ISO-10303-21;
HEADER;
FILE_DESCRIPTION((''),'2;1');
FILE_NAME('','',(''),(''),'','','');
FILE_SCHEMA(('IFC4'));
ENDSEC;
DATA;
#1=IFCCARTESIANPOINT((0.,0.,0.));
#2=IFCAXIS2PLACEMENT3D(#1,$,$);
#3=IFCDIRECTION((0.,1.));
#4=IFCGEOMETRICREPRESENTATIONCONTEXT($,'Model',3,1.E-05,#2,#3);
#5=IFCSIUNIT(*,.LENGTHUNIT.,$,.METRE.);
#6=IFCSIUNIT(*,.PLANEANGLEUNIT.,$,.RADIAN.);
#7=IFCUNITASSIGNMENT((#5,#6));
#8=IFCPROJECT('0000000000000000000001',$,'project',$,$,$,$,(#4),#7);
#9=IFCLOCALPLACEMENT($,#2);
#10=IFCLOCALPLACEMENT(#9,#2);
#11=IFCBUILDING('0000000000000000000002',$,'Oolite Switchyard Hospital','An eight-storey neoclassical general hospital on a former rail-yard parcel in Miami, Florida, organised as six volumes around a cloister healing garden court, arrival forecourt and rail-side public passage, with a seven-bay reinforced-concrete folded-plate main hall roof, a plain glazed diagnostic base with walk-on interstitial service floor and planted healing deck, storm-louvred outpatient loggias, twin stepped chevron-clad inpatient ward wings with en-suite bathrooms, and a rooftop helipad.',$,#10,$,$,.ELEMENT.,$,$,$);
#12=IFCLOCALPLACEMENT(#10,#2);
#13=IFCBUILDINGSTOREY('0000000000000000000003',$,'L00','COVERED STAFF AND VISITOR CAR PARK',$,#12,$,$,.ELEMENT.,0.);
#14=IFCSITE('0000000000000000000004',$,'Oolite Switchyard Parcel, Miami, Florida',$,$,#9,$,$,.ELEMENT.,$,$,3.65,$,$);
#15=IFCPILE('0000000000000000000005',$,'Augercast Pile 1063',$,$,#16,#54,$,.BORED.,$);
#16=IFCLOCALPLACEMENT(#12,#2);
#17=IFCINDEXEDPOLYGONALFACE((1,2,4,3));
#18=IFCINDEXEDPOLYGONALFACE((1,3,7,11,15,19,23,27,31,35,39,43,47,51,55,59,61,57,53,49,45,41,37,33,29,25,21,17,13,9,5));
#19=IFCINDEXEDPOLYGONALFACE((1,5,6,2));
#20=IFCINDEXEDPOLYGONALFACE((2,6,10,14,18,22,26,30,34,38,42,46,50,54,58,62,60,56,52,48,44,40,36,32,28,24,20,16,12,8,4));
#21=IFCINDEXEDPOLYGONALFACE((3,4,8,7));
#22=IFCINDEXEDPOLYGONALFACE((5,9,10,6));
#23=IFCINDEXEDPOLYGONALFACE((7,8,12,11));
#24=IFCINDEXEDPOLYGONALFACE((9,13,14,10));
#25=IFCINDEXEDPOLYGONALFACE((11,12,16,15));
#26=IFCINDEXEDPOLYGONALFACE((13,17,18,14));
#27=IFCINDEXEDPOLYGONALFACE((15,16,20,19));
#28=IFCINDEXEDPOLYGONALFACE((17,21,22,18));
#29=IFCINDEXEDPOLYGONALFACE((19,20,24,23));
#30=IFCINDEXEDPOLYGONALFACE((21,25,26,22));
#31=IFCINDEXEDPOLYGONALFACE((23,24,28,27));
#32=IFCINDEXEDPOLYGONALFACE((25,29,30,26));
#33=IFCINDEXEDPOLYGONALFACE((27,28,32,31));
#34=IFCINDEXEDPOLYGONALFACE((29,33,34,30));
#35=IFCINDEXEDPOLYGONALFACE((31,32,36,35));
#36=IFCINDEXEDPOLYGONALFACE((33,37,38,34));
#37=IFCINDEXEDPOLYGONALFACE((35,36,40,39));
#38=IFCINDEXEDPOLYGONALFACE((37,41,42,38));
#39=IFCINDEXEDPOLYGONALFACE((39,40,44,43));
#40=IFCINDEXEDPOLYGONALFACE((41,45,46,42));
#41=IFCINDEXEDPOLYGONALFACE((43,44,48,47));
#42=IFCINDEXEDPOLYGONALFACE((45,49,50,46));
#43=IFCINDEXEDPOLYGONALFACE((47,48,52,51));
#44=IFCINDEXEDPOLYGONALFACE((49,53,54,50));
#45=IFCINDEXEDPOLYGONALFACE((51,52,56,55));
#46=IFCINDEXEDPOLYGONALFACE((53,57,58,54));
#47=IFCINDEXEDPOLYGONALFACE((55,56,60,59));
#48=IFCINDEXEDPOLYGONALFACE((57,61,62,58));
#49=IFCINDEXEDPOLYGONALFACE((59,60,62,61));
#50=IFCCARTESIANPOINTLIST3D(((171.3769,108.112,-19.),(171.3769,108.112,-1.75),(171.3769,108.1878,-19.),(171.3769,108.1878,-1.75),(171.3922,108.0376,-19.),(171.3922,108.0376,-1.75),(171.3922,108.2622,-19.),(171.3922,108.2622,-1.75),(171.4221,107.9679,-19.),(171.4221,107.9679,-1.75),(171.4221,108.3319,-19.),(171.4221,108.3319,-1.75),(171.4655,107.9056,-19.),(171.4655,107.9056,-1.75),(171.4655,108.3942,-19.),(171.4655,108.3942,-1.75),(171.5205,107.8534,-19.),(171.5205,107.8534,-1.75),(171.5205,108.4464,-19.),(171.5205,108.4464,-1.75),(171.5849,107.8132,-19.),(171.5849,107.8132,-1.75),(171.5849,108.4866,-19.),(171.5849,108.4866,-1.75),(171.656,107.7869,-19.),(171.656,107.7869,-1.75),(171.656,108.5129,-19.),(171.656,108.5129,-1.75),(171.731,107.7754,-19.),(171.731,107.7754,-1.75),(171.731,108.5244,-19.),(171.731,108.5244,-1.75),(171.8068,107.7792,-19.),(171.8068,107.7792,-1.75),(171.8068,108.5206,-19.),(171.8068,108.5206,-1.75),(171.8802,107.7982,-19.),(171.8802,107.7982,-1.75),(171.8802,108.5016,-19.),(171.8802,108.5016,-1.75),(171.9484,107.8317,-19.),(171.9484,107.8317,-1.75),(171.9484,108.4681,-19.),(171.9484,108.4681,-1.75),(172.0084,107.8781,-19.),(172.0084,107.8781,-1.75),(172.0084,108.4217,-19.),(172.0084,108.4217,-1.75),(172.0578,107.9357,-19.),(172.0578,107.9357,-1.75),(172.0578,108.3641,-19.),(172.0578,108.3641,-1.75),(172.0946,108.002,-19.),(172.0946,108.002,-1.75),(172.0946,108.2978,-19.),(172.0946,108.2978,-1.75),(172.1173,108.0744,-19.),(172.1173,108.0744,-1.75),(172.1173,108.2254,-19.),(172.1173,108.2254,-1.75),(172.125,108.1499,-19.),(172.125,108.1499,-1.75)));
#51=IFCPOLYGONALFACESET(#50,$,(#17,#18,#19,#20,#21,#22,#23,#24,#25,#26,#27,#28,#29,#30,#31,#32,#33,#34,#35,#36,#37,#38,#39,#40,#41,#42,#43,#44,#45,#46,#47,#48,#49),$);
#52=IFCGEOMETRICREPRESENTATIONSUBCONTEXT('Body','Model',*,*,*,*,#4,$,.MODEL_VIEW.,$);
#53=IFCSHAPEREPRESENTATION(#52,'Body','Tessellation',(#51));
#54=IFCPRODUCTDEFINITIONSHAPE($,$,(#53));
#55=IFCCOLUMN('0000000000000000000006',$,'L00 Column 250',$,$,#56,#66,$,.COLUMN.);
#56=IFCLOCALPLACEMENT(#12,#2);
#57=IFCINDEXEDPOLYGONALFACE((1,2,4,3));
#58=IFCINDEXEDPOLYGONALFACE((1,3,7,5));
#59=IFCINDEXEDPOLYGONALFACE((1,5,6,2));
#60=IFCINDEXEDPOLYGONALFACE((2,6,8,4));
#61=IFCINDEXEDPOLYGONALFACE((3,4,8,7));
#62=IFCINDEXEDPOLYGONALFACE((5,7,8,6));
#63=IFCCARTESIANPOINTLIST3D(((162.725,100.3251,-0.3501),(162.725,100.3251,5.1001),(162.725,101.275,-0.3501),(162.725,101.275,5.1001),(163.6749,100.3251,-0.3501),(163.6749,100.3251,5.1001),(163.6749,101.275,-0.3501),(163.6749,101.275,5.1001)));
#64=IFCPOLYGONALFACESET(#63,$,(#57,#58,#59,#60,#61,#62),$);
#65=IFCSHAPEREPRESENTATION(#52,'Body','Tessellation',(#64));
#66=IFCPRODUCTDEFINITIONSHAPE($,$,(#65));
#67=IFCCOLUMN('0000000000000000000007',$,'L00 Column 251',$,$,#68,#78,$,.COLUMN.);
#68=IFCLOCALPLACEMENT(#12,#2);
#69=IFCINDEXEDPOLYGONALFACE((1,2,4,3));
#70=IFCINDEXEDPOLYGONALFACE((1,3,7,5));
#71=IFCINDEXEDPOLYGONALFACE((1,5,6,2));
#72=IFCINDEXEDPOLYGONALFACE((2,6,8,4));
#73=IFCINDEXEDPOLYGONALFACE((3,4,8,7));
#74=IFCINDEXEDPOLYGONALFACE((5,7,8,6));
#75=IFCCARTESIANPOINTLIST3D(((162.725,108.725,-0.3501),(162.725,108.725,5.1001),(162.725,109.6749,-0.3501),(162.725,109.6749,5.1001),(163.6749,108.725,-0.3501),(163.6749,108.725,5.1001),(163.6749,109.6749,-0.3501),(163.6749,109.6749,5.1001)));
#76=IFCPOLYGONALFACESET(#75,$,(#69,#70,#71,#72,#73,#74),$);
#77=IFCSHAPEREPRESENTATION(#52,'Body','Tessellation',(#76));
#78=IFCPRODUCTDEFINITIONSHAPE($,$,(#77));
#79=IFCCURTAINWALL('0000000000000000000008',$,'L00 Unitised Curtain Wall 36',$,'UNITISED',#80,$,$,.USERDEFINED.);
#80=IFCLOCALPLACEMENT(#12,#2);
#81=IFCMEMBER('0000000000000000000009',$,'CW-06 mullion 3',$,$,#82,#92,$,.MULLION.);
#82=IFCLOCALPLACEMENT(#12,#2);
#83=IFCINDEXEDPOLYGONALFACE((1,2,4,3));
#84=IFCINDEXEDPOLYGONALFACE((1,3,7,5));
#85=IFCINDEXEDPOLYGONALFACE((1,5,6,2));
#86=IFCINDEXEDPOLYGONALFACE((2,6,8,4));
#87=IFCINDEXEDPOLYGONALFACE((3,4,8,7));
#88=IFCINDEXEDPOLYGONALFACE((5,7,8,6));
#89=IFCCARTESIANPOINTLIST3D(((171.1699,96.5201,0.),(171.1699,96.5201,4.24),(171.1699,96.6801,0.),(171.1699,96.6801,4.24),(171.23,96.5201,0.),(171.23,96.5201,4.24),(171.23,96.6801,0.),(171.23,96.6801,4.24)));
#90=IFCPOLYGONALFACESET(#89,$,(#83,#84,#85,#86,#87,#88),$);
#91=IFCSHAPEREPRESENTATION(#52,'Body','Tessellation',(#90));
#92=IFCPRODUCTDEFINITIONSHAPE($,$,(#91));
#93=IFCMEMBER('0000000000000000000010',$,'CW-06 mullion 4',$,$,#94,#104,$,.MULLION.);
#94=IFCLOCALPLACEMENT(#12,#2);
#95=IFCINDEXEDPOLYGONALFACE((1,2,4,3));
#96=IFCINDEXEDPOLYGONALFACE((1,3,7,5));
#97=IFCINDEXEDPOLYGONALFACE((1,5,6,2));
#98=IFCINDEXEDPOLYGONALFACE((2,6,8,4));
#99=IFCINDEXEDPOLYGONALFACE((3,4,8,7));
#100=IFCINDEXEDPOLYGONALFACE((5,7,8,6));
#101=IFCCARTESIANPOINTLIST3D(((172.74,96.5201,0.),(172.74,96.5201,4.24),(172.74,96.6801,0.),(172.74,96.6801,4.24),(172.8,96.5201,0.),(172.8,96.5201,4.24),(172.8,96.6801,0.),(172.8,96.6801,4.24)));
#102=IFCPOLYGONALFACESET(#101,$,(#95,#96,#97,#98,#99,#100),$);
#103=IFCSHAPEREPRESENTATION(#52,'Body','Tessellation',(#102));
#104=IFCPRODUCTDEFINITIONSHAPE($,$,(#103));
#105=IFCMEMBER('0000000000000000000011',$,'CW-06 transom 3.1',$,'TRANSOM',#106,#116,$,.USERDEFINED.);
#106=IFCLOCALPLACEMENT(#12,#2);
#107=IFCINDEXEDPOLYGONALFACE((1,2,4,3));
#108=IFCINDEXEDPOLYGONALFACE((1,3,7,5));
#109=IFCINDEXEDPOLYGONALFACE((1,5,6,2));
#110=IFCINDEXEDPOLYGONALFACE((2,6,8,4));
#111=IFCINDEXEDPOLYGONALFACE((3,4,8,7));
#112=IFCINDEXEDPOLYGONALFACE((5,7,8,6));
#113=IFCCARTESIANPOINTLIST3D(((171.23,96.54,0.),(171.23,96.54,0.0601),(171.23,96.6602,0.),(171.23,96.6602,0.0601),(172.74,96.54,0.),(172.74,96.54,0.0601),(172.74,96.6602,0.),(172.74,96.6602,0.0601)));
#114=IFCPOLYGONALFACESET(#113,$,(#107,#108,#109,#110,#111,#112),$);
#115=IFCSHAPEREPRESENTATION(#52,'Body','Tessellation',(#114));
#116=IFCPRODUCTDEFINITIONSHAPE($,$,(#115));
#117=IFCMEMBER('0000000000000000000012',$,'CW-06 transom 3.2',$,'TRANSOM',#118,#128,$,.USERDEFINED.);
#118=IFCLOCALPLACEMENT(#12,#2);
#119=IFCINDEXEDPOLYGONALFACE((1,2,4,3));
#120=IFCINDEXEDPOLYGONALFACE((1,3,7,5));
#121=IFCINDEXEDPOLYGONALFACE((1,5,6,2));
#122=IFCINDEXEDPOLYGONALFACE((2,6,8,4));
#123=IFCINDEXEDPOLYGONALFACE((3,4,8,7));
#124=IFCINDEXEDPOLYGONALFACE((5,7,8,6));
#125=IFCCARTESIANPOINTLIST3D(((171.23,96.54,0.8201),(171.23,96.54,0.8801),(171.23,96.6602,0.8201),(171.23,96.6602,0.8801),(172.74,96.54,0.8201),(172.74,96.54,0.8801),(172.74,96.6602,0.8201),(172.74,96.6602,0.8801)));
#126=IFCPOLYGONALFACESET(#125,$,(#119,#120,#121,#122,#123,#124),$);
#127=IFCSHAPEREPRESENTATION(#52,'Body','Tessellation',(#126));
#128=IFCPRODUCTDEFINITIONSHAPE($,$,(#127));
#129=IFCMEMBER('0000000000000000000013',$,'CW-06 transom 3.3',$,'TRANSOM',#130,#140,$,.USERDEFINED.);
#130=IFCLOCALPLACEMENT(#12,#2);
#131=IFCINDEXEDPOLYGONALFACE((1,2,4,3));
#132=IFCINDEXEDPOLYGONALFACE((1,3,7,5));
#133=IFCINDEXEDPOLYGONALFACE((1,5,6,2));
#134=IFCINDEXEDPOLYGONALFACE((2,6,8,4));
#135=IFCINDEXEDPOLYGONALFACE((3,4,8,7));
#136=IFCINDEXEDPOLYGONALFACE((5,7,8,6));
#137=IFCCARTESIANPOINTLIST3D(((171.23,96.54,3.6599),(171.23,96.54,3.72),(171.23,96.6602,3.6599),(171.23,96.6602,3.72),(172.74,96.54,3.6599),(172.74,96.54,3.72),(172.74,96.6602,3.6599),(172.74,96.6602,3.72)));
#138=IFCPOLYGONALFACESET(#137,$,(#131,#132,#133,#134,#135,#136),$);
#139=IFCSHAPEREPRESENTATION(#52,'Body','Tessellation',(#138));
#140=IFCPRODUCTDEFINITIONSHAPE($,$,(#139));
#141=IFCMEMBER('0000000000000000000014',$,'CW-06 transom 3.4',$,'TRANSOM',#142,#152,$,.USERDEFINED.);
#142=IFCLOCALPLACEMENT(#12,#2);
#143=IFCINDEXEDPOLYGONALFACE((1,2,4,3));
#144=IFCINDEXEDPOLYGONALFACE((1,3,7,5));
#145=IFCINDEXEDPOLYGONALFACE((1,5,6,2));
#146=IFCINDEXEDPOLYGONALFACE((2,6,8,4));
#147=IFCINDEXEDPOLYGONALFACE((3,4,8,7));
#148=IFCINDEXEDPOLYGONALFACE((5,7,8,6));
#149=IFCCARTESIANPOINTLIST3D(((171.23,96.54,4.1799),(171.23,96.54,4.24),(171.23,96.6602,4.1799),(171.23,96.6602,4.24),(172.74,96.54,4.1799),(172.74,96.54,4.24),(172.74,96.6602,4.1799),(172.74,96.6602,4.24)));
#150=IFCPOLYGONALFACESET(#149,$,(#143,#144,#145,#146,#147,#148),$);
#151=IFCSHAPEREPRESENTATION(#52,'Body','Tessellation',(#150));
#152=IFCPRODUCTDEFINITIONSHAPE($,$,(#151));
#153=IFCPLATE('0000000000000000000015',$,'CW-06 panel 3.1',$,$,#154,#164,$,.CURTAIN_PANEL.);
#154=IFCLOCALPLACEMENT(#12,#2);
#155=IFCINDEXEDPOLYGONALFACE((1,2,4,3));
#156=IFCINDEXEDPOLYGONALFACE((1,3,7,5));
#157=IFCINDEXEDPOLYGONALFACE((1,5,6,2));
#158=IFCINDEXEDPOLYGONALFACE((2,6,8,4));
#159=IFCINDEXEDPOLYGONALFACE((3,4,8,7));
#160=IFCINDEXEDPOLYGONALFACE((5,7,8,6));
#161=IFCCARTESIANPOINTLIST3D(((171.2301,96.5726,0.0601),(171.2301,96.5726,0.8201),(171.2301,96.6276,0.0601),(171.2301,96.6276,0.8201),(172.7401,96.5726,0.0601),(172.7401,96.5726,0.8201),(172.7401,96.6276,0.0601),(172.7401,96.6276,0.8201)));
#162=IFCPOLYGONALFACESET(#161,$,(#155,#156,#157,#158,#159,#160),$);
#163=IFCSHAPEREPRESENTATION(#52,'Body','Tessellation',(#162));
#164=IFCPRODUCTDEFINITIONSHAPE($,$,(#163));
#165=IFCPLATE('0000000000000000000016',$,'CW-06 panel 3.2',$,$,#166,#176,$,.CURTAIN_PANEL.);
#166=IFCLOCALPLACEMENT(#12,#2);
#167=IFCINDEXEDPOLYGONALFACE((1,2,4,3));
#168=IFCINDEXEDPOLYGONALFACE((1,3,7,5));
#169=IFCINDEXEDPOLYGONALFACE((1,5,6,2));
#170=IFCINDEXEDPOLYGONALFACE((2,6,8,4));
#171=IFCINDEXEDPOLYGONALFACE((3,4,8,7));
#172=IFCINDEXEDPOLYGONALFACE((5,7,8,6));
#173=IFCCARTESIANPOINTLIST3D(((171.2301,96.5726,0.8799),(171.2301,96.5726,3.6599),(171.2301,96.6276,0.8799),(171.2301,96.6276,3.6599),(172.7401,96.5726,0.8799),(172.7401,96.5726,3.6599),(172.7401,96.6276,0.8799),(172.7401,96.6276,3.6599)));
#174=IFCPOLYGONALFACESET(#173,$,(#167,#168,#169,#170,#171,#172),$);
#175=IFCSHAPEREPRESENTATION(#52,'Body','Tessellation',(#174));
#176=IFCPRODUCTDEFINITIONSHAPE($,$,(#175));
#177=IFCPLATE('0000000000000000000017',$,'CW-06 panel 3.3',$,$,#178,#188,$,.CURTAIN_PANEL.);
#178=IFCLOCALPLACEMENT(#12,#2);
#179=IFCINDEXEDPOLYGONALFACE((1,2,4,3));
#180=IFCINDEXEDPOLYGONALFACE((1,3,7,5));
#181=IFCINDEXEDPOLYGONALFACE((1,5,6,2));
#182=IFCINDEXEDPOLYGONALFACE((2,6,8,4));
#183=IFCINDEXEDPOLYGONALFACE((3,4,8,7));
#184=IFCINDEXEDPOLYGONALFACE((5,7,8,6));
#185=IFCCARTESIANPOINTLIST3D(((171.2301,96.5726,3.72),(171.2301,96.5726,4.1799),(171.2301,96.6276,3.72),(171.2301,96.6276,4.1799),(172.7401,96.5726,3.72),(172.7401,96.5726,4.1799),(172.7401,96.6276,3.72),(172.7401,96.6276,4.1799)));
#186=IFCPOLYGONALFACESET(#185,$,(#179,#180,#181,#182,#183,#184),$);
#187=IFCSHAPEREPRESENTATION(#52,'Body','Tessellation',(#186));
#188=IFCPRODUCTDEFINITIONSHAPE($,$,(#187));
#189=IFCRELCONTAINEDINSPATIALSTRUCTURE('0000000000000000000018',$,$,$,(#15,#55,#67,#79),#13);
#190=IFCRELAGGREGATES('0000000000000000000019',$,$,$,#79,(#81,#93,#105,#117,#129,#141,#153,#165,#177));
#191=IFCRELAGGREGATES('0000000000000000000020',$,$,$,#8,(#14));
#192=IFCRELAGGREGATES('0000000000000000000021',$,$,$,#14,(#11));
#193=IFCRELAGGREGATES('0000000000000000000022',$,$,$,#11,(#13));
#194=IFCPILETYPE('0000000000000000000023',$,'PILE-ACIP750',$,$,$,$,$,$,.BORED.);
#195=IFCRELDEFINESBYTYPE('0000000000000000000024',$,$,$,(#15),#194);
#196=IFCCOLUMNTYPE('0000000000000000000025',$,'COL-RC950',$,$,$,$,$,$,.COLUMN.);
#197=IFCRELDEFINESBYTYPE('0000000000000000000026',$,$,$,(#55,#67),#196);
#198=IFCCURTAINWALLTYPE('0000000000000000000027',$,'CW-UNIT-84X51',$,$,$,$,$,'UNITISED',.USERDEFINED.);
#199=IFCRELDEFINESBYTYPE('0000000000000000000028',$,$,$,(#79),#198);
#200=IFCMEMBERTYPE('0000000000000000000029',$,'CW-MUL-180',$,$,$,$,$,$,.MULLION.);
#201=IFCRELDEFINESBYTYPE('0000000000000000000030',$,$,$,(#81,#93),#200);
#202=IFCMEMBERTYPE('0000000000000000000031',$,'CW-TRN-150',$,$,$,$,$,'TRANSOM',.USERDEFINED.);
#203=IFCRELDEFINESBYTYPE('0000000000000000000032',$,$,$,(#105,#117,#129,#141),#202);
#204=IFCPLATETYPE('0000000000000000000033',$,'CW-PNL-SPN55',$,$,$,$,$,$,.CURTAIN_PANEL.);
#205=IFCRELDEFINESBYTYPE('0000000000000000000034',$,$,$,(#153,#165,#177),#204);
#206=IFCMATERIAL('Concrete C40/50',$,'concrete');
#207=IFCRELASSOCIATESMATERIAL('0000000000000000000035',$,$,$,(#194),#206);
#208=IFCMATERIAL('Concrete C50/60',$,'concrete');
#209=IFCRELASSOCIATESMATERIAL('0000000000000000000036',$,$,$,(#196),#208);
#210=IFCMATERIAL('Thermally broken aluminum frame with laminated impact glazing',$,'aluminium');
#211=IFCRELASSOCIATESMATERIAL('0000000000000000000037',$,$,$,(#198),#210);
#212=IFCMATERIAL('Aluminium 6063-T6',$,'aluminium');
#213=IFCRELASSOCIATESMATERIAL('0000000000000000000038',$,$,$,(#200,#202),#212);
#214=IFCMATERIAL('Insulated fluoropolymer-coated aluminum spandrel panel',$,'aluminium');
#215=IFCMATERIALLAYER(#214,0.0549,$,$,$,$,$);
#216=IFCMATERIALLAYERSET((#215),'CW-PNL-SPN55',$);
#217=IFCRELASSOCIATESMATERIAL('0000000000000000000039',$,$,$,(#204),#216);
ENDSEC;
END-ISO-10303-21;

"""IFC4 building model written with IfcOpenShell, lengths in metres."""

from ifc_helpers import new_model, si_unit, direction, frame, origin, origin_2d, place, context, subcontext, project, spatial, rectangle, circle, extrude, material, layer, layer_set, material_profile, profile_set, type_object, element, aggregate, save


model = new_model("IFC4")

# Units and contexts
model_context = context("Model", 3, precision=1e-05, world=origin(), true_north=direction((0.0, 1.0)))
body_context = subcontext(model_context, "Body", "Model", "MODEL_VIEW")
ifc_project = project(units=[si_unit("LENGTHUNIT", "METRE"), si_unit("PLANEANGLEUNIT", "RADIAN")], contexts=[model_context])

# Site, building, storey
site_placement = place(None, origin())
site = spatial("IfcSite", under=ifc_project, at=site_placement, Name="Oolite Switchyard Parcel, Miami, Florida", CompositionType="ELEMENT", RefElevation=3.65)
building_placement = place(site_placement, origin())
building = spatial("IfcBuilding", under=site, at=building_placement, Name="Oolite Switchyard Hospital", Description="An eight-storey neoclassical general hospital on a former rail-yard parcel in Miami, Florida, organised as six volumes around a cloister healing garden court, arrival forecourt and rail-side public passage, with a seven-bay reinforced-concrete folded-plate main hall roof, a plain glazed diagnostic base with walk-on interstitial service floor and planted healing deck, storm-louvred outpatient loggias, twin stepped chevron-clad inpatient ward wings with en-suite bathrooms, and a rooftop helipad.", CompositionType="ELEMENT")
storey_placement = place(building_placement, origin())
storey = spatial("IfcBuildingStorey", under=building, at=storey_placement, Name="L00", Description="COVERED STAFF AND VISITOR CAR PARK", CompositionType="ELEMENT", Elevation=0.0)

# Shared definitions
ifc_material_1 = material(Name="Concrete C40/50", Category="concrete")

# Pile
ifc_material_profile_1 = material_profile(ifc_material_1, circle(Radius=0.375, at=origin_2d()), Name="PILE750")
ifc_profile_set_1 = profile_set([ifc_material_profile_1], Name="Concrete C40/50")
pile_type = type_object("IfcPileType", Name="PILE-ACIP750", PredefinedType="BORED", material=ifc_profile_set_1)
for number, where, z_axis, x_axis, name in (
    (1, (171.75, 108.1499, -1.75), (0.0, 0.0, -1.0), (1.0, 0.0, 0.0), "Augercast Pile 1063"),
):
    element("IfcPile", number, at=place(storey_placement, frame(where, z_axis=z_axis, x_axis=x_axis)), inside=storey, type_object=pile_type, Name=name, PredefinedType="BORED", context=body_context, shape_type="SweptSolid", body=[
        extrude(circle(Radius=0.375, at=origin_2d()), origin(), (0.0, 0.0, 1.0), 17.25),
    ])

# Columns
ifc_material_2 = material(Name="Concrete C50/60", Category="concrete")
ifc_material_profile_2 = material_profile(ifc_material_2, rectangle(XDim=0.95, YDim=0.95, at=origin_2d()), Name="RC950X950")
ifc_profile_set_2 = profile_set([ifc_material_profile_2], Name="Concrete C50/60")
column_type = type_object("IfcColumnType", Name="COL-RC950", PredefinedType="COLUMN", material=ifc_profile_set_2)
for number, where, z_axis, x_axis, name in (
    (2, (163.2, 100.8, -0.3501), (0.0, 0.0, 1.0), (1.0, 0.0, 0.0), "L00 Column 250"),
    (3, (163.2, 109.2, -0.3501), (0.0, 0.0, 1.0), (1.0, 0.0, 0.0), "L00 Column 251"),
):
    element("IfcColumn", number, at=place(storey_placement, frame(where, z_axis=z_axis, x_axis=x_axis)), inside=storey, type_object=column_type, Name=name, PredefinedType="COLUMN", context=body_context, shape_type="SweptSolid", body=[
        extrude(rectangle(XDim=0.95, YDim=0.95, at=origin_2d()), origin(), (0.0, 0.0, 1.0), 5.4502),
    ])

# Curtain wall, members, plates
ifc_material_3 = material(Name="Thermally broken aluminum frame with laminated impact glazing", Category="aluminium")
curtain_wall_type = type_object("IfcCurtainWallType", Name="CW-UNIT-84X51", ElementType="UNITISED", PredefinedType="USERDEFINED", material=ifc_material_3)
curtain_wall_placement = place(storey_placement, origin())
curtain_wall = element("IfcCurtainWall", 4, at=curtain_wall_placement, inside=storey, type_object=curtain_wall_type, Name="L00 Unitised Curtain Wall 36", ObjectType="UNITISED", PredefinedType="USERDEFINED")
ifc_material_4 = material(Name="Aluminium 6063-T6", Category="aluminium")
ifc_material_profile_3 = material_profile(ifc_material_4, rectangle(XDim=0.1599, YDim=0.0601, at=origin_2d()), Name="CWM60X160")
ifc_profile_set_3 = profile_set([ifc_material_profile_3], Name="Aluminium 6063-T6")
member_type_1 = type_object("IfcMemberType", Name="CW-MUL-180", PredefinedType="MULLION", material=ifc_profile_set_3)
member_1_placement = place(storey_placement, frame((171.2, 96.6001, 0.0), z_axis=(0.0, 0.0, 1.0), x_axis=(0.0, 1.0, 0.0)))
member_1 = element("IfcMember", 5, at=member_1_placement, type_object=member_type_1, Name="CW-06 mullion 3", PredefinedType="MULLION", context=body_context, shape_type="SweptSolid", body=[
    extrude(rectangle(XDim=0.1599, YDim=0.0601, at=origin_2d()), origin(), (0.0, 0.0, 1.0), 4.24),
])
member_2_placement = place(storey_placement, frame((172.77, 96.6001, 0.0), z_axis=(0.0, 0.0, 1.0), x_axis=(0.0, 1.0, 0.0)))
member_2 = element("IfcMember", 6, at=member_2_placement, type_object=member_type_1, Name="CW-06 mullion 4", PredefinedType="MULLION", context=body_context, shape_type="SweptSolid", body=[
    extrude(rectangle(XDim=0.1599, YDim=0.0601, at=origin_2d()), origin(), (0.0, 0.0, 1.0), 4.24),
])
ifc_material_profile_4 = material_profile(ifc_material_4, rectangle(XDim=0.1201, YDim=0.0601, at=origin_2d()), Name="CWT60X120")
ifc_profile_set_4 = profile_set([ifc_material_profile_4], Name="Aluminium 6063-T6")
member_type_2 = type_object("IfcMemberType", Name="CW-TRN-150", ElementType="TRANSOM", PredefinedType="USERDEFINED", material=ifc_profile_set_4)
member_3_placement = place(storey_placement, frame((171.23, 96.6001, 0.03), z_axis=(1.0, 0.0, 0.0), x_axis=(0.0, 1.0, 0.0)))
member_3 = element("IfcMember", 7, at=member_3_placement, type_object=member_type_2, Name="CW-06 transom 3.1", ObjectType="TRANSOM", PredefinedType="USERDEFINED", context=body_context, shape_type="SweptSolid", body=[
    extrude(rectangle(XDim=0.1201, YDim=0.0601, at=origin_2d()), origin(), (0.0, 0.0, 1.0), 1.51),
])
member_4_placement = place(storey_placement, frame((171.23, 96.6001, 0.8501), z_axis=(1.0, 0.0, 0.0), x_axis=(0.0, 1.0, 0.0)))
member_4 = element("IfcMember", 8, at=member_4_placement, type_object=member_type_2, Name="CW-06 transom 3.2", ObjectType="TRANSOM", PredefinedType="USERDEFINED", context=body_context, shape_type="SweptSolid", body=[
    extrude(rectangle(XDim=0.1201, YDim=0.0601, at=origin_2d()), origin(), (0.0, 0.0, 1.0), 1.51),
])
member_5_placement = place(storey_placement, frame((171.23, 96.6001, 3.6899), z_axis=(1.0, 0.0, 0.0), x_axis=(0.0, 1.0, 0.0)))
member_5 = element("IfcMember", 9, at=member_5_placement, type_object=member_type_2, Name="CW-06 transom 3.3", ObjectType="TRANSOM", PredefinedType="USERDEFINED", context=body_context, shape_type="SweptSolid", body=[
    extrude(rectangle(XDim=0.1201, YDim=0.0601, at=origin_2d()), origin(), (0.0, 0.0, 1.0), 1.51),
])
member_6_placement = place(storey_placement, frame((171.23, 96.6001, 4.21), z_axis=(1.0, 0.0, 0.0), x_axis=(0.0, 1.0, 0.0)))
member_6 = element("IfcMember", 10, at=member_6_placement, type_object=member_type_2, Name="CW-06 transom 3.4", ObjectType="TRANSOM", PredefinedType="USERDEFINED", context=body_context, shape_type="SweptSolid", body=[
    extrude(rectangle(XDim=0.1201, YDim=0.0601, at=origin_2d()), origin(), (0.0, 0.0, 1.0), 1.51),
])
ifc_material_5 = material(Name="Insulated fluoropolymer-coated aluminum spandrel panel", Category="aluminium")
ifc_layer_1 = layer(ifc_material_5, 0.0549)
ifc_layer_set_1 = layer_set([ifc_layer_1], Name="CW-PNL-SPN55")
plate_type = type_object("IfcPlateType", Name="CW-PNL-SPN55", PredefinedType="CURTAIN_PANEL", material=ifc_layer_set_1)
plate_1_placement = place(storey_placement, frame((171.9851, 96.6001, 0.0601), z_axis=(0.0, 0.0, 1.0), x_axis=(1.0, 0.0, 0.0)))
plate_1 = element("IfcPlate", 11, at=plate_1_placement, type_object=plate_type, Name="CW-06 panel 3.1", PredefinedType="CURTAIN_PANEL", context=body_context, shape_type="SweptSolid", body=[
    extrude(rectangle(XDim=1.51, YDim=0.0549, at=origin_2d()), origin(), (0.0, 0.0, 1.0), 0.76),
])
plate_2_placement = place(storey_placement, frame((171.9851, 96.6001, 0.8799), z_axis=(0.0, 0.0, 1.0), x_axis=(1.0, 0.0, 0.0)))
plate_2 = element("IfcPlate", 12, at=plate_2_placement, type_object=plate_type, Name="CW-06 panel 3.2", PredefinedType="CURTAIN_PANEL", context=body_context, shape_type="SweptSolid", body=[
    extrude(rectangle(XDim=1.51, YDim=0.0549, at=origin_2d()), origin(), (0.0, 0.0, 1.0), 2.78),
])
plate_3_placement = place(storey_placement, frame((171.9851, 96.6001, 3.72), z_axis=(0.0, 0.0, 1.0), x_axis=(1.0, 0.0, 0.0)))
plate_3 = element("IfcPlate", 13, at=plate_3_placement, type_object=plate_type, Name="CW-06 panel 3.3", PredefinedType="CURTAIN_PANEL", context=body_context, shape_type="SweptSolid", body=[
    extrude(rectangle(XDim=1.51, YDim=0.0549, at=origin_2d()), origin(), (0.0, 0.0, 1.0), 0.46),
])
aggregate(curtain_wall, [member_1, member_2, member_3, member_4, member_5, member_6, plate_1, plate_2, plate_3])

save(model, "model.ifc")
